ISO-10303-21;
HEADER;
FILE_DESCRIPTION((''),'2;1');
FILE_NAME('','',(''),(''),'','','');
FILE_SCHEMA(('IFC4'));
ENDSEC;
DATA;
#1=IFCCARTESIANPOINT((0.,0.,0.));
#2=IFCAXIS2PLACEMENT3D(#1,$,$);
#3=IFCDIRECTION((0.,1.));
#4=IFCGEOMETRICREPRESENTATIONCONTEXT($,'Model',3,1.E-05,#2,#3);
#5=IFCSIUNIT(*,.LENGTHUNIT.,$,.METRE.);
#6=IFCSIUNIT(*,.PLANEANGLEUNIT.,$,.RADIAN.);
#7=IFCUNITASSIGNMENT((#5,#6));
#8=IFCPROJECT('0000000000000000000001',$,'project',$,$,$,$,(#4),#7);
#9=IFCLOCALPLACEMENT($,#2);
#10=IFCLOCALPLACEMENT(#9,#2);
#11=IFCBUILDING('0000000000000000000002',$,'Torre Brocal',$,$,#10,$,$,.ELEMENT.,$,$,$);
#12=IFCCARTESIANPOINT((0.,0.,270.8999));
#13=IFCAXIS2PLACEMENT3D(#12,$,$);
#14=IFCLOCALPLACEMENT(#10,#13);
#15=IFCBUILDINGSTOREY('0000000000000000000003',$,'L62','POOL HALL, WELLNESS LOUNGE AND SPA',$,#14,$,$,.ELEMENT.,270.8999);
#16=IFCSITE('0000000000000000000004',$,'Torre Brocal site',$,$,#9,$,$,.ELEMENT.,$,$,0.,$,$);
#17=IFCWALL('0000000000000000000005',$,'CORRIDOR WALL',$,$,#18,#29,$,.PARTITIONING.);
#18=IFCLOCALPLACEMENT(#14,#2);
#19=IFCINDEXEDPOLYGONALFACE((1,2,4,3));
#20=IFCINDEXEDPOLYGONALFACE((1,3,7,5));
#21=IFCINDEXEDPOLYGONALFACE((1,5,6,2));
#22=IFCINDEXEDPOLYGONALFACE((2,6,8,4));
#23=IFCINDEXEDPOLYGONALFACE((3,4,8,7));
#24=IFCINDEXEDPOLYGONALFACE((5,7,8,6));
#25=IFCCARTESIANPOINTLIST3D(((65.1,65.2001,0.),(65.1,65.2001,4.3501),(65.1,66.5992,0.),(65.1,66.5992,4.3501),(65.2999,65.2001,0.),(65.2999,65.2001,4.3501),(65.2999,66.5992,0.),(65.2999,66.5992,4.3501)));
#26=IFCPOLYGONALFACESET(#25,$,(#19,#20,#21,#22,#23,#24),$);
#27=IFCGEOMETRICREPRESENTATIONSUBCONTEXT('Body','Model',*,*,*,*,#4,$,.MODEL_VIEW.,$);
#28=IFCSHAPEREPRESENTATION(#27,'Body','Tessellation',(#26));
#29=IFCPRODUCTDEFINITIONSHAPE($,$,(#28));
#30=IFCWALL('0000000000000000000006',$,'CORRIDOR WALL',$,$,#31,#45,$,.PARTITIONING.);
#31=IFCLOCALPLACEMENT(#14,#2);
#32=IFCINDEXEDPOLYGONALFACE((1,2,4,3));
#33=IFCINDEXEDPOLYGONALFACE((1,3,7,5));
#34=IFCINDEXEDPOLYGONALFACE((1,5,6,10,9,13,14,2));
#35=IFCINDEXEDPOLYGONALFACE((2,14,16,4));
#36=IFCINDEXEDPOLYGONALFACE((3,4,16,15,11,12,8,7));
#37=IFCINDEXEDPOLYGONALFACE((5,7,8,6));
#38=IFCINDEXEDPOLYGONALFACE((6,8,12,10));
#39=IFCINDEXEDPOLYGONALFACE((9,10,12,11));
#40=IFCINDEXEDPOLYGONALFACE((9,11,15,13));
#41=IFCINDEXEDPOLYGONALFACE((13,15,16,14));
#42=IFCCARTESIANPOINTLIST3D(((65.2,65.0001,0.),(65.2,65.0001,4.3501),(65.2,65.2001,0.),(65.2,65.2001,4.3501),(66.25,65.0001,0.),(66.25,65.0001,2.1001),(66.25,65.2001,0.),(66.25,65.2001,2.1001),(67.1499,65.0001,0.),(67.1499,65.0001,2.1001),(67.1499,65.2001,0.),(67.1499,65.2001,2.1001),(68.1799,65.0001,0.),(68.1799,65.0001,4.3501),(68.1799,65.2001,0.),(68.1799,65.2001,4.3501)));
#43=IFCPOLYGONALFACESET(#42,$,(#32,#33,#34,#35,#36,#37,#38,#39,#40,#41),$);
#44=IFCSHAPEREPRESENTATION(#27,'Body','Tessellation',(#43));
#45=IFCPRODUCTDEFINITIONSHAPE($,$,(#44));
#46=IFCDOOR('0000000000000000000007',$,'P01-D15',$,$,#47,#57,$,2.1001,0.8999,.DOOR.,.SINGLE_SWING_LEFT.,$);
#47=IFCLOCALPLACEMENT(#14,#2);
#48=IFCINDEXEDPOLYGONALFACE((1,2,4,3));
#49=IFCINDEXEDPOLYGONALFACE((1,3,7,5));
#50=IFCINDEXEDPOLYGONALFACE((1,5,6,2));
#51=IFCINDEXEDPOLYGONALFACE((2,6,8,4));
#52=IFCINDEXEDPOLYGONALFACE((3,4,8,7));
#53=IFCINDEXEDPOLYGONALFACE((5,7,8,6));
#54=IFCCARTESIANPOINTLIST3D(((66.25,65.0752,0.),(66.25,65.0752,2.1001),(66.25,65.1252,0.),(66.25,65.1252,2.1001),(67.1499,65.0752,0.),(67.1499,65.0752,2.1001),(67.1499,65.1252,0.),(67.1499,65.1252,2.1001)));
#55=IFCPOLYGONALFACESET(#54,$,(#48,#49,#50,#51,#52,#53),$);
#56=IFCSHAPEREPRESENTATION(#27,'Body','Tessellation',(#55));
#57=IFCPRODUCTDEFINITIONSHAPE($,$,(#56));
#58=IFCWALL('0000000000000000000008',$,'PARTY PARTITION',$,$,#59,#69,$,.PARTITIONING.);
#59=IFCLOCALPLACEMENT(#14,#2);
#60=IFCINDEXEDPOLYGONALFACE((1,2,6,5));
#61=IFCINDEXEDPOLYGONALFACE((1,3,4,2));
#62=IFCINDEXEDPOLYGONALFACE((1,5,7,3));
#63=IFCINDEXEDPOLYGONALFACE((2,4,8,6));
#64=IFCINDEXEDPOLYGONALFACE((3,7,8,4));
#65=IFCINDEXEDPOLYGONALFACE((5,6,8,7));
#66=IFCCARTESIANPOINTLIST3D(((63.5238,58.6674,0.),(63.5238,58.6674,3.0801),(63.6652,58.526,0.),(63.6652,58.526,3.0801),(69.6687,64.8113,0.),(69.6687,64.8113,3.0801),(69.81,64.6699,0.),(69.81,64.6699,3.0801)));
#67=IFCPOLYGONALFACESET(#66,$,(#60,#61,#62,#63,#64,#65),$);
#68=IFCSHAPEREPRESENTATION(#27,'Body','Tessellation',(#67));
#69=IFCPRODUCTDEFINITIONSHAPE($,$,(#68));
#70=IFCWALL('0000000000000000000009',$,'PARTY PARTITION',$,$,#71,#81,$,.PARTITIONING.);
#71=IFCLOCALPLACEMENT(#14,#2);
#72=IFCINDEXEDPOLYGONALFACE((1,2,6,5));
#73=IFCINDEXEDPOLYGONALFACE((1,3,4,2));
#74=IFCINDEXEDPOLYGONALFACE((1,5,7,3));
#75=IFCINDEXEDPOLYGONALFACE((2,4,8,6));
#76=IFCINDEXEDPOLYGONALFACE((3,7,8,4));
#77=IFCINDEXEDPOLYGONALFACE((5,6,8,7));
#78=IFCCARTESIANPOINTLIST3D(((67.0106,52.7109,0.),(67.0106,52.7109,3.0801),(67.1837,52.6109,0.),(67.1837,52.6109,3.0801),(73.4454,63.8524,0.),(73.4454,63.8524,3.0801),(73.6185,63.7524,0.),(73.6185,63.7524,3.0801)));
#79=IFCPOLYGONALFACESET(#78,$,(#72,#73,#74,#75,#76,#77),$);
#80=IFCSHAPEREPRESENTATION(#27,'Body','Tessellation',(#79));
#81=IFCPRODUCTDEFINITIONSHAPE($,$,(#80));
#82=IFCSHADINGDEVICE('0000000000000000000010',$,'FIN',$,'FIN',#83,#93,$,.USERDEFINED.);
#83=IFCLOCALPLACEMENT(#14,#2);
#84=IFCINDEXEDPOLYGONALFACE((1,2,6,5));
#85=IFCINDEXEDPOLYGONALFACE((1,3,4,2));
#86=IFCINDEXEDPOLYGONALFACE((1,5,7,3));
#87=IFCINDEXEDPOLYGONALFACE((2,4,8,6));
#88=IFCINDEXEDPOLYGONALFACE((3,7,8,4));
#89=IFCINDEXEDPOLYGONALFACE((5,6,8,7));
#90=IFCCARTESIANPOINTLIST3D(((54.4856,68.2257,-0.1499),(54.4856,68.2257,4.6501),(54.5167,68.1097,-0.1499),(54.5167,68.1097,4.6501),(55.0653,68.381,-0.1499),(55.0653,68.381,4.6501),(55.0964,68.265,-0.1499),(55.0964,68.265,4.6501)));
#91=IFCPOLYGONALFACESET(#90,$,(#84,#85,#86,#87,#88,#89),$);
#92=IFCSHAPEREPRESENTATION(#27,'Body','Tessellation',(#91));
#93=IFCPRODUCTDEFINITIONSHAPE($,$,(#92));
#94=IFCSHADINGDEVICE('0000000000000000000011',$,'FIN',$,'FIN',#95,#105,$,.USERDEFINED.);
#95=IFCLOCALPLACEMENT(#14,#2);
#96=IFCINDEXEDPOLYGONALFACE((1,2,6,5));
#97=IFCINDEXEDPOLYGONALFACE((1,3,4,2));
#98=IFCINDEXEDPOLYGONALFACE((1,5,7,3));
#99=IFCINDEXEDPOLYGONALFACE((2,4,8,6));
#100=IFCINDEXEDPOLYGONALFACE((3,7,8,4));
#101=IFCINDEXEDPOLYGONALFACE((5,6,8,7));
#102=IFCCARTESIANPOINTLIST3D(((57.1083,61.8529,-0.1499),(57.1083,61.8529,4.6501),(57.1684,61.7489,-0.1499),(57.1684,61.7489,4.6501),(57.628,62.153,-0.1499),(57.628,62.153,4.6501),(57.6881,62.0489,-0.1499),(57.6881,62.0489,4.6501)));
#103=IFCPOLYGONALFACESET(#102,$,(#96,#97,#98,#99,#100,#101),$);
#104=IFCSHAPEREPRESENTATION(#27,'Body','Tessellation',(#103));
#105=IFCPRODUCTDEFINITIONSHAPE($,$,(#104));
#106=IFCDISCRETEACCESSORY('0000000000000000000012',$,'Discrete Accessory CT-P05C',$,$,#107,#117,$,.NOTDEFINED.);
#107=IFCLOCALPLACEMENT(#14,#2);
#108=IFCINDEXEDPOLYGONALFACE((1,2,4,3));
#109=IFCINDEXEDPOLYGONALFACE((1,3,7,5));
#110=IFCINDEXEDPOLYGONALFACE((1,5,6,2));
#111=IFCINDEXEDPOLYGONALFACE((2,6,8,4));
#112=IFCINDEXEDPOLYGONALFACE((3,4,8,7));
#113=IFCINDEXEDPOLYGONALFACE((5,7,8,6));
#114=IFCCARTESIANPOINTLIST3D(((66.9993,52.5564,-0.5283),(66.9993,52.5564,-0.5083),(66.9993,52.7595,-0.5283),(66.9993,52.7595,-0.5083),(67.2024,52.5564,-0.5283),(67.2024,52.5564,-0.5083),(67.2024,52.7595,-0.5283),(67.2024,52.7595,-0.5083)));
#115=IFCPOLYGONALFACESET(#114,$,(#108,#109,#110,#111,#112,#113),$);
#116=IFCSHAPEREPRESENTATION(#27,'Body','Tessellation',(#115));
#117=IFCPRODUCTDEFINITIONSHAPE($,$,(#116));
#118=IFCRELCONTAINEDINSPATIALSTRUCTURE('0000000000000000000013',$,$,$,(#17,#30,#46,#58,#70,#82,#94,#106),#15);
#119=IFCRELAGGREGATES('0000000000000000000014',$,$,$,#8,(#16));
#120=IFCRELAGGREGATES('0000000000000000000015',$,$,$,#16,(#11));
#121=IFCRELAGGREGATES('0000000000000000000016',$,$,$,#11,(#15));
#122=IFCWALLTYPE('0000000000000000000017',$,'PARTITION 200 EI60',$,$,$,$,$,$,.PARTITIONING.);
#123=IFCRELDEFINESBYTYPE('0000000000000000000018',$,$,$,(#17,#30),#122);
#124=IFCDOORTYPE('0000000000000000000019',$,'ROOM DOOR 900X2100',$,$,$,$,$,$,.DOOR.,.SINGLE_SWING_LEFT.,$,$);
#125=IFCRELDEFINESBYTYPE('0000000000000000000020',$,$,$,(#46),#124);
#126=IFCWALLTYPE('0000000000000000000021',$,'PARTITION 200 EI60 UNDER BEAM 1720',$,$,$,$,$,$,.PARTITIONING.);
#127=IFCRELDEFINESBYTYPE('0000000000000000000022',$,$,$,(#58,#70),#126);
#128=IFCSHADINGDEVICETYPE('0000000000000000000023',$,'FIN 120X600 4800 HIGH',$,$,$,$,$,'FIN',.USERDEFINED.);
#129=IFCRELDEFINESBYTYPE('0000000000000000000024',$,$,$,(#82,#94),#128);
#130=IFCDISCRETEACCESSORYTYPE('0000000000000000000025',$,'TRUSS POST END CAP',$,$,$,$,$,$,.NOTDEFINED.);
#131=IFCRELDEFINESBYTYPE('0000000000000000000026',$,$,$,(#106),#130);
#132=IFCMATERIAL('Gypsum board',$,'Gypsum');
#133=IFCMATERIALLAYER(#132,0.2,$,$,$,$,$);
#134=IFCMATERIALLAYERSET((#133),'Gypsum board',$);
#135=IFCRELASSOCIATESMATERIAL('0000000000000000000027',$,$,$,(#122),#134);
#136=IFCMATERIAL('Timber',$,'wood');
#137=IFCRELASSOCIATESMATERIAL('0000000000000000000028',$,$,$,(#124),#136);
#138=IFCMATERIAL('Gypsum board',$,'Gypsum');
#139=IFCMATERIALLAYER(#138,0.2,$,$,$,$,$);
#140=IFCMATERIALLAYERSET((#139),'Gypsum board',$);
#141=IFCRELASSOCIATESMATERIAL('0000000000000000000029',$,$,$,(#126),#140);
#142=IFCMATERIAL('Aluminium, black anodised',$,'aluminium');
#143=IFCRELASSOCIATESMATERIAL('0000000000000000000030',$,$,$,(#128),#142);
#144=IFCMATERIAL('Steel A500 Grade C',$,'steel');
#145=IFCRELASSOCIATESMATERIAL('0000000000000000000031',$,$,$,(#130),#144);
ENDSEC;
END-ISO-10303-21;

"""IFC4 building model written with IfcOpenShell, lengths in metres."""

from ifc_helpers import new_model, si_unit, direction, frame, frame_2d, origin, origin_2d, place, context, subcontext, project, spatial, rectangle, extrude, material, layer, layer_set, material_profile, profile_set, type_object, element, fill, save


model = new_model("IFC4")

# Units and contexts
model_context = context("Model", 3, precision=1e-05, world=origin(), true_north=direction((0.0, 1.0)))
body_context = subcontext(model_context, "Body", "Model", "MODEL_VIEW")
ifc_project = project(units=[si_unit("LENGTHUNIT", "METRE"), si_unit("PLANEANGLEUNIT", "RADIAN")], contexts=[model_context])

# Site, building, storey
site_placement = place(None, origin())
site = spatial("IfcSite", under=ifc_project, at=site_placement, Name="Torre Brocal site", CompositionType="ELEMENT", RefElevation=0.0)
building_placement = place(site_placement, origin())
building = spatial("IfcBuilding", under=site, at=building_placement, Name="Torre Brocal", CompositionType="ELEMENT")
storey_placement = place(building_placement, frame((0.0, 0.0, 270.8999)))
storey = spatial("IfcBuildingStorey", under=building, at=storey_placement, Name="L62", Description="POOL HALL, WELLNESS LOUNGE AND SPA", CompositionType="ELEMENT", Elevation=270.8999)

# Wall
ifc_material_1 = material(Name="Gypsum board", Category="Gypsum")
ifc_layer_1 = layer(ifc_material_1, 0.2)
ifc_layer_set_1 = layer_set([ifc_layer_1], Name="Gypsum board")
wall_type_1 = type_object("IfcWallType", Name="PARTITION 200 EI60", PredefinedType="PARTITIONING", material=ifc_layer_set_1)
wall_1_placement = place(storey_placement, frame((65.2, 65.2, 0.0), z_axis=(0.0, 0.0, 1.0), x_axis=(0.0, 1.0, 0.0)))
element("IfcWall", 1, at=wall_1_placement, inside=storey, type_object=wall_type_1, Name="CORRIDOR WALL", PredefinedType="PARTITIONING", context=body_context, shape_type="SweptSolid", body=[
    extrude(rectangle(XDim=1.3992, YDim=0.2, at=frame_2d((0.6997, 0.0))), origin(), (0.0, 0.0, 1.0), 4.3501),
])

# Wall, opening, door
wall_2_placement = place(storey_placement, frame((65.2, 65.1001, 0.0), z_axis=(0.0, 0.0, 1.0), x_axis=(1.0, 0.0, 0.0)))
wall_2 = element("IfcWall", 2, at=wall_2_placement, inside=storey, type_object=wall_type_1, Name="CORRIDOR WALL", PredefinedType="PARTITIONING", context=body_context, shape_type="SweptSolid", body=[
    extrude(rectangle(XDim=2.98, YDim=0.2, at=frame_2d((1.49, 0.0))), origin(), (0.0, 0.0, 1.0), 4.3501),
])
opening_placement = place(wall_2_placement, frame((1.05, 0.0, 0.0)))
opening = element("IfcOpeningElement", 3, at=opening_placement, cuts=wall_2, PredefinedType="OPENING", context=body_context, shape_type="SweptSolid", body=[
    extrude(rectangle(XDim=0.8999, YDim=2.1001, at=frame_2d((0.45, 1.05))), frame((0.0, 0.1099, 0.0), z_axis=(0.0, -1.0, 0.0), x_axis=(1.0, 0.0, 0.0)), (0.0, 0.0, 1.0), 0.22),
])
ifc_material_2 = material(Name="Timber", Category="wood")
door_type = type_object("IfcDoorType", Name="ROOM DOOR 900X2100", OperationType="SINGLE_SWING_LEFT", PredefinedType="DOOR", material=ifc_material_2)
door_placement = place(opening_placement, frame((0.8999, 0.0, 0.0), z_axis=(0.0, 0.0, 1.0), x_axis=(-1.0, 0.0, 0.0)))
door = element("IfcDoor", 4, at=door_placement, inside=storey, type_object=door_type, Name="P01-D15", OperationType="SINGLE_SWING_LEFT", OverallHeight=2.1001, OverallWidth=0.8999, PredefinedType="DOOR", context=body_context, shape_type="SweptSolid", body=[
    extrude(rectangle(XDim=0.8999, YDim=2.1001, at=frame_2d((0.45, 1.05))), frame((0.0, 0.0249, 0.0), z_axis=(0.0, -1.0, 0.0), x_axis=(1.0, 0.0, 0.0)), (0.0, 0.0, 1.0), 0.05),
])
fill(opening, door)

# Walls
ifc_material_3 = material(Name="Gypsum board", Category="Gypsum")
ifc_layer_2 = layer(ifc_material_3, 0.2)
ifc_layer_set_2 = layer_set([ifc_layer_2], Name="Gypsum board")
wall_type_2 = type_object("IfcWallType", Name="PARTITION 200 EI60 UNDER BEAM 1720", PredefinedType="PARTITIONING", material=ifc_layer_set_2)
wall_3_placement = place(storey_placement, frame((63.5945, 58.5967, 0.0), z_axis=(0.0, 0.0, 1.0), x_axis=(0.707163, 0.707051, 0.0)))
element("IfcWall", 5, at=wall_3_placement, inside=storey, type_object=wall_type_2, Name="PARTY PARTITION", PredefinedType="PARTITIONING", context=body_context, shape_type="SweptSolid", body=[
    extrude(rectangle(XDim=8.6895, YDim=0.2, at=frame_2d((4.3447, 0.0))), origin(), (0.0, 0.0, 1.0), 3.0801),
])
wall_4_placement = place(storey_placement, frame((67.0972, 52.6609, 0.0), z_axis=(0.0, 0.0, 1.0), x_axis=(0.500129, 0.865951, 0.0)))
element("IfcWall", 6, at=wall_4_placement, inside=storey, type_object=wall_type_2, Name="PARTY PARTITION", PredefinedType="PARTITIONING", context=body_context, shape_type="SweptSolid", body=[
    extrude(rectangle(XDim=12.8662, YDim=0.2, at=frame_2d((6.4331, 0.0))), origin(), (0.0, 0.0, 1.0), 3.0801),
])

# Shading devices
ifc_material_4 = material(Name="Aluminium, black anodised", Category="aluminium")
ifc_material_profile_1 = material_profile(ifc_material_4, rectangle(XDim=0.1201, YDim=0.6001, at=origin_2d()), Name="FIN 120X600 4800 HIGH")
ifc_profile_set_1 = profile_set([ifc_material_profile_1], Name="Aluminium, black anodised")
shading_device_type = type_object("IfcShadingDeviceType", Name="FIN 120X600 4800 HIGH", ElementType="FIN", PredefinedType="USERDEFINED", material=ifc_profile_set_1)
for number, where, z_axis, x_axis, name in (
    (7, (54.791, 68.2454, -0.1499), (0.0, 0.0, 1.0), (0.258819, -0.965926, 0.0), "FIN"),
    (8, (57.3982, 61.9509, -0.1499), (0.0, 0.0, 1.0), (0.5, -0.866025, 0.0), "FIN"),
):
    element("IfcShadingDevice", number, at=place(storey_placement, frame(where, z_axis=z_axis, x_axis=x_axis)), inside=storey, type_object=shading_device_type, Name=name, ObjectType="FIN", PredefinedType="USERDEFINED", context=body_context, shape_type="SweptSolid", body=[
        extrude(rectangle(XDim=0.1201, YDim=0.6001, at=origin_2d()), origin(), (0.0, 0.0, 1.0), 4.8),
    ])

# Discrete accessory
ifc_material_5 = material(Name="Steel A500 Grade C", Category="steel")
discrete_accessory_type = type_object("IfcDiscreteAccessoryType", Name="TRUSS POST END CAP", PredefinedType="NOTDEFINED", material=ifc_material_5)
discrete_accessory_placement = place(storey_placement, frame((67.1008, 52.658, -0.5283), z_axis=(0.0, 0.0, 1.0), x_axis=(1.0, 0.0, 0.0)))
element("IfcDiscreteAccessory", 9, at=discrete_accessory_placement, inside=storey, type_object=discrete_accessory_type, Name="Discrete Accessory CT-P05C", PredefinedType="NOTDEFINED", context=body_context, shape_type="SweptSolid", body=[
    extrude(rectangle(XDim=0.2031, YDim=0.2031, at=origin_2d()), origin(), (0.0, 0.0, 1.0), 0.02),
])

save(model, "model.ifc")
